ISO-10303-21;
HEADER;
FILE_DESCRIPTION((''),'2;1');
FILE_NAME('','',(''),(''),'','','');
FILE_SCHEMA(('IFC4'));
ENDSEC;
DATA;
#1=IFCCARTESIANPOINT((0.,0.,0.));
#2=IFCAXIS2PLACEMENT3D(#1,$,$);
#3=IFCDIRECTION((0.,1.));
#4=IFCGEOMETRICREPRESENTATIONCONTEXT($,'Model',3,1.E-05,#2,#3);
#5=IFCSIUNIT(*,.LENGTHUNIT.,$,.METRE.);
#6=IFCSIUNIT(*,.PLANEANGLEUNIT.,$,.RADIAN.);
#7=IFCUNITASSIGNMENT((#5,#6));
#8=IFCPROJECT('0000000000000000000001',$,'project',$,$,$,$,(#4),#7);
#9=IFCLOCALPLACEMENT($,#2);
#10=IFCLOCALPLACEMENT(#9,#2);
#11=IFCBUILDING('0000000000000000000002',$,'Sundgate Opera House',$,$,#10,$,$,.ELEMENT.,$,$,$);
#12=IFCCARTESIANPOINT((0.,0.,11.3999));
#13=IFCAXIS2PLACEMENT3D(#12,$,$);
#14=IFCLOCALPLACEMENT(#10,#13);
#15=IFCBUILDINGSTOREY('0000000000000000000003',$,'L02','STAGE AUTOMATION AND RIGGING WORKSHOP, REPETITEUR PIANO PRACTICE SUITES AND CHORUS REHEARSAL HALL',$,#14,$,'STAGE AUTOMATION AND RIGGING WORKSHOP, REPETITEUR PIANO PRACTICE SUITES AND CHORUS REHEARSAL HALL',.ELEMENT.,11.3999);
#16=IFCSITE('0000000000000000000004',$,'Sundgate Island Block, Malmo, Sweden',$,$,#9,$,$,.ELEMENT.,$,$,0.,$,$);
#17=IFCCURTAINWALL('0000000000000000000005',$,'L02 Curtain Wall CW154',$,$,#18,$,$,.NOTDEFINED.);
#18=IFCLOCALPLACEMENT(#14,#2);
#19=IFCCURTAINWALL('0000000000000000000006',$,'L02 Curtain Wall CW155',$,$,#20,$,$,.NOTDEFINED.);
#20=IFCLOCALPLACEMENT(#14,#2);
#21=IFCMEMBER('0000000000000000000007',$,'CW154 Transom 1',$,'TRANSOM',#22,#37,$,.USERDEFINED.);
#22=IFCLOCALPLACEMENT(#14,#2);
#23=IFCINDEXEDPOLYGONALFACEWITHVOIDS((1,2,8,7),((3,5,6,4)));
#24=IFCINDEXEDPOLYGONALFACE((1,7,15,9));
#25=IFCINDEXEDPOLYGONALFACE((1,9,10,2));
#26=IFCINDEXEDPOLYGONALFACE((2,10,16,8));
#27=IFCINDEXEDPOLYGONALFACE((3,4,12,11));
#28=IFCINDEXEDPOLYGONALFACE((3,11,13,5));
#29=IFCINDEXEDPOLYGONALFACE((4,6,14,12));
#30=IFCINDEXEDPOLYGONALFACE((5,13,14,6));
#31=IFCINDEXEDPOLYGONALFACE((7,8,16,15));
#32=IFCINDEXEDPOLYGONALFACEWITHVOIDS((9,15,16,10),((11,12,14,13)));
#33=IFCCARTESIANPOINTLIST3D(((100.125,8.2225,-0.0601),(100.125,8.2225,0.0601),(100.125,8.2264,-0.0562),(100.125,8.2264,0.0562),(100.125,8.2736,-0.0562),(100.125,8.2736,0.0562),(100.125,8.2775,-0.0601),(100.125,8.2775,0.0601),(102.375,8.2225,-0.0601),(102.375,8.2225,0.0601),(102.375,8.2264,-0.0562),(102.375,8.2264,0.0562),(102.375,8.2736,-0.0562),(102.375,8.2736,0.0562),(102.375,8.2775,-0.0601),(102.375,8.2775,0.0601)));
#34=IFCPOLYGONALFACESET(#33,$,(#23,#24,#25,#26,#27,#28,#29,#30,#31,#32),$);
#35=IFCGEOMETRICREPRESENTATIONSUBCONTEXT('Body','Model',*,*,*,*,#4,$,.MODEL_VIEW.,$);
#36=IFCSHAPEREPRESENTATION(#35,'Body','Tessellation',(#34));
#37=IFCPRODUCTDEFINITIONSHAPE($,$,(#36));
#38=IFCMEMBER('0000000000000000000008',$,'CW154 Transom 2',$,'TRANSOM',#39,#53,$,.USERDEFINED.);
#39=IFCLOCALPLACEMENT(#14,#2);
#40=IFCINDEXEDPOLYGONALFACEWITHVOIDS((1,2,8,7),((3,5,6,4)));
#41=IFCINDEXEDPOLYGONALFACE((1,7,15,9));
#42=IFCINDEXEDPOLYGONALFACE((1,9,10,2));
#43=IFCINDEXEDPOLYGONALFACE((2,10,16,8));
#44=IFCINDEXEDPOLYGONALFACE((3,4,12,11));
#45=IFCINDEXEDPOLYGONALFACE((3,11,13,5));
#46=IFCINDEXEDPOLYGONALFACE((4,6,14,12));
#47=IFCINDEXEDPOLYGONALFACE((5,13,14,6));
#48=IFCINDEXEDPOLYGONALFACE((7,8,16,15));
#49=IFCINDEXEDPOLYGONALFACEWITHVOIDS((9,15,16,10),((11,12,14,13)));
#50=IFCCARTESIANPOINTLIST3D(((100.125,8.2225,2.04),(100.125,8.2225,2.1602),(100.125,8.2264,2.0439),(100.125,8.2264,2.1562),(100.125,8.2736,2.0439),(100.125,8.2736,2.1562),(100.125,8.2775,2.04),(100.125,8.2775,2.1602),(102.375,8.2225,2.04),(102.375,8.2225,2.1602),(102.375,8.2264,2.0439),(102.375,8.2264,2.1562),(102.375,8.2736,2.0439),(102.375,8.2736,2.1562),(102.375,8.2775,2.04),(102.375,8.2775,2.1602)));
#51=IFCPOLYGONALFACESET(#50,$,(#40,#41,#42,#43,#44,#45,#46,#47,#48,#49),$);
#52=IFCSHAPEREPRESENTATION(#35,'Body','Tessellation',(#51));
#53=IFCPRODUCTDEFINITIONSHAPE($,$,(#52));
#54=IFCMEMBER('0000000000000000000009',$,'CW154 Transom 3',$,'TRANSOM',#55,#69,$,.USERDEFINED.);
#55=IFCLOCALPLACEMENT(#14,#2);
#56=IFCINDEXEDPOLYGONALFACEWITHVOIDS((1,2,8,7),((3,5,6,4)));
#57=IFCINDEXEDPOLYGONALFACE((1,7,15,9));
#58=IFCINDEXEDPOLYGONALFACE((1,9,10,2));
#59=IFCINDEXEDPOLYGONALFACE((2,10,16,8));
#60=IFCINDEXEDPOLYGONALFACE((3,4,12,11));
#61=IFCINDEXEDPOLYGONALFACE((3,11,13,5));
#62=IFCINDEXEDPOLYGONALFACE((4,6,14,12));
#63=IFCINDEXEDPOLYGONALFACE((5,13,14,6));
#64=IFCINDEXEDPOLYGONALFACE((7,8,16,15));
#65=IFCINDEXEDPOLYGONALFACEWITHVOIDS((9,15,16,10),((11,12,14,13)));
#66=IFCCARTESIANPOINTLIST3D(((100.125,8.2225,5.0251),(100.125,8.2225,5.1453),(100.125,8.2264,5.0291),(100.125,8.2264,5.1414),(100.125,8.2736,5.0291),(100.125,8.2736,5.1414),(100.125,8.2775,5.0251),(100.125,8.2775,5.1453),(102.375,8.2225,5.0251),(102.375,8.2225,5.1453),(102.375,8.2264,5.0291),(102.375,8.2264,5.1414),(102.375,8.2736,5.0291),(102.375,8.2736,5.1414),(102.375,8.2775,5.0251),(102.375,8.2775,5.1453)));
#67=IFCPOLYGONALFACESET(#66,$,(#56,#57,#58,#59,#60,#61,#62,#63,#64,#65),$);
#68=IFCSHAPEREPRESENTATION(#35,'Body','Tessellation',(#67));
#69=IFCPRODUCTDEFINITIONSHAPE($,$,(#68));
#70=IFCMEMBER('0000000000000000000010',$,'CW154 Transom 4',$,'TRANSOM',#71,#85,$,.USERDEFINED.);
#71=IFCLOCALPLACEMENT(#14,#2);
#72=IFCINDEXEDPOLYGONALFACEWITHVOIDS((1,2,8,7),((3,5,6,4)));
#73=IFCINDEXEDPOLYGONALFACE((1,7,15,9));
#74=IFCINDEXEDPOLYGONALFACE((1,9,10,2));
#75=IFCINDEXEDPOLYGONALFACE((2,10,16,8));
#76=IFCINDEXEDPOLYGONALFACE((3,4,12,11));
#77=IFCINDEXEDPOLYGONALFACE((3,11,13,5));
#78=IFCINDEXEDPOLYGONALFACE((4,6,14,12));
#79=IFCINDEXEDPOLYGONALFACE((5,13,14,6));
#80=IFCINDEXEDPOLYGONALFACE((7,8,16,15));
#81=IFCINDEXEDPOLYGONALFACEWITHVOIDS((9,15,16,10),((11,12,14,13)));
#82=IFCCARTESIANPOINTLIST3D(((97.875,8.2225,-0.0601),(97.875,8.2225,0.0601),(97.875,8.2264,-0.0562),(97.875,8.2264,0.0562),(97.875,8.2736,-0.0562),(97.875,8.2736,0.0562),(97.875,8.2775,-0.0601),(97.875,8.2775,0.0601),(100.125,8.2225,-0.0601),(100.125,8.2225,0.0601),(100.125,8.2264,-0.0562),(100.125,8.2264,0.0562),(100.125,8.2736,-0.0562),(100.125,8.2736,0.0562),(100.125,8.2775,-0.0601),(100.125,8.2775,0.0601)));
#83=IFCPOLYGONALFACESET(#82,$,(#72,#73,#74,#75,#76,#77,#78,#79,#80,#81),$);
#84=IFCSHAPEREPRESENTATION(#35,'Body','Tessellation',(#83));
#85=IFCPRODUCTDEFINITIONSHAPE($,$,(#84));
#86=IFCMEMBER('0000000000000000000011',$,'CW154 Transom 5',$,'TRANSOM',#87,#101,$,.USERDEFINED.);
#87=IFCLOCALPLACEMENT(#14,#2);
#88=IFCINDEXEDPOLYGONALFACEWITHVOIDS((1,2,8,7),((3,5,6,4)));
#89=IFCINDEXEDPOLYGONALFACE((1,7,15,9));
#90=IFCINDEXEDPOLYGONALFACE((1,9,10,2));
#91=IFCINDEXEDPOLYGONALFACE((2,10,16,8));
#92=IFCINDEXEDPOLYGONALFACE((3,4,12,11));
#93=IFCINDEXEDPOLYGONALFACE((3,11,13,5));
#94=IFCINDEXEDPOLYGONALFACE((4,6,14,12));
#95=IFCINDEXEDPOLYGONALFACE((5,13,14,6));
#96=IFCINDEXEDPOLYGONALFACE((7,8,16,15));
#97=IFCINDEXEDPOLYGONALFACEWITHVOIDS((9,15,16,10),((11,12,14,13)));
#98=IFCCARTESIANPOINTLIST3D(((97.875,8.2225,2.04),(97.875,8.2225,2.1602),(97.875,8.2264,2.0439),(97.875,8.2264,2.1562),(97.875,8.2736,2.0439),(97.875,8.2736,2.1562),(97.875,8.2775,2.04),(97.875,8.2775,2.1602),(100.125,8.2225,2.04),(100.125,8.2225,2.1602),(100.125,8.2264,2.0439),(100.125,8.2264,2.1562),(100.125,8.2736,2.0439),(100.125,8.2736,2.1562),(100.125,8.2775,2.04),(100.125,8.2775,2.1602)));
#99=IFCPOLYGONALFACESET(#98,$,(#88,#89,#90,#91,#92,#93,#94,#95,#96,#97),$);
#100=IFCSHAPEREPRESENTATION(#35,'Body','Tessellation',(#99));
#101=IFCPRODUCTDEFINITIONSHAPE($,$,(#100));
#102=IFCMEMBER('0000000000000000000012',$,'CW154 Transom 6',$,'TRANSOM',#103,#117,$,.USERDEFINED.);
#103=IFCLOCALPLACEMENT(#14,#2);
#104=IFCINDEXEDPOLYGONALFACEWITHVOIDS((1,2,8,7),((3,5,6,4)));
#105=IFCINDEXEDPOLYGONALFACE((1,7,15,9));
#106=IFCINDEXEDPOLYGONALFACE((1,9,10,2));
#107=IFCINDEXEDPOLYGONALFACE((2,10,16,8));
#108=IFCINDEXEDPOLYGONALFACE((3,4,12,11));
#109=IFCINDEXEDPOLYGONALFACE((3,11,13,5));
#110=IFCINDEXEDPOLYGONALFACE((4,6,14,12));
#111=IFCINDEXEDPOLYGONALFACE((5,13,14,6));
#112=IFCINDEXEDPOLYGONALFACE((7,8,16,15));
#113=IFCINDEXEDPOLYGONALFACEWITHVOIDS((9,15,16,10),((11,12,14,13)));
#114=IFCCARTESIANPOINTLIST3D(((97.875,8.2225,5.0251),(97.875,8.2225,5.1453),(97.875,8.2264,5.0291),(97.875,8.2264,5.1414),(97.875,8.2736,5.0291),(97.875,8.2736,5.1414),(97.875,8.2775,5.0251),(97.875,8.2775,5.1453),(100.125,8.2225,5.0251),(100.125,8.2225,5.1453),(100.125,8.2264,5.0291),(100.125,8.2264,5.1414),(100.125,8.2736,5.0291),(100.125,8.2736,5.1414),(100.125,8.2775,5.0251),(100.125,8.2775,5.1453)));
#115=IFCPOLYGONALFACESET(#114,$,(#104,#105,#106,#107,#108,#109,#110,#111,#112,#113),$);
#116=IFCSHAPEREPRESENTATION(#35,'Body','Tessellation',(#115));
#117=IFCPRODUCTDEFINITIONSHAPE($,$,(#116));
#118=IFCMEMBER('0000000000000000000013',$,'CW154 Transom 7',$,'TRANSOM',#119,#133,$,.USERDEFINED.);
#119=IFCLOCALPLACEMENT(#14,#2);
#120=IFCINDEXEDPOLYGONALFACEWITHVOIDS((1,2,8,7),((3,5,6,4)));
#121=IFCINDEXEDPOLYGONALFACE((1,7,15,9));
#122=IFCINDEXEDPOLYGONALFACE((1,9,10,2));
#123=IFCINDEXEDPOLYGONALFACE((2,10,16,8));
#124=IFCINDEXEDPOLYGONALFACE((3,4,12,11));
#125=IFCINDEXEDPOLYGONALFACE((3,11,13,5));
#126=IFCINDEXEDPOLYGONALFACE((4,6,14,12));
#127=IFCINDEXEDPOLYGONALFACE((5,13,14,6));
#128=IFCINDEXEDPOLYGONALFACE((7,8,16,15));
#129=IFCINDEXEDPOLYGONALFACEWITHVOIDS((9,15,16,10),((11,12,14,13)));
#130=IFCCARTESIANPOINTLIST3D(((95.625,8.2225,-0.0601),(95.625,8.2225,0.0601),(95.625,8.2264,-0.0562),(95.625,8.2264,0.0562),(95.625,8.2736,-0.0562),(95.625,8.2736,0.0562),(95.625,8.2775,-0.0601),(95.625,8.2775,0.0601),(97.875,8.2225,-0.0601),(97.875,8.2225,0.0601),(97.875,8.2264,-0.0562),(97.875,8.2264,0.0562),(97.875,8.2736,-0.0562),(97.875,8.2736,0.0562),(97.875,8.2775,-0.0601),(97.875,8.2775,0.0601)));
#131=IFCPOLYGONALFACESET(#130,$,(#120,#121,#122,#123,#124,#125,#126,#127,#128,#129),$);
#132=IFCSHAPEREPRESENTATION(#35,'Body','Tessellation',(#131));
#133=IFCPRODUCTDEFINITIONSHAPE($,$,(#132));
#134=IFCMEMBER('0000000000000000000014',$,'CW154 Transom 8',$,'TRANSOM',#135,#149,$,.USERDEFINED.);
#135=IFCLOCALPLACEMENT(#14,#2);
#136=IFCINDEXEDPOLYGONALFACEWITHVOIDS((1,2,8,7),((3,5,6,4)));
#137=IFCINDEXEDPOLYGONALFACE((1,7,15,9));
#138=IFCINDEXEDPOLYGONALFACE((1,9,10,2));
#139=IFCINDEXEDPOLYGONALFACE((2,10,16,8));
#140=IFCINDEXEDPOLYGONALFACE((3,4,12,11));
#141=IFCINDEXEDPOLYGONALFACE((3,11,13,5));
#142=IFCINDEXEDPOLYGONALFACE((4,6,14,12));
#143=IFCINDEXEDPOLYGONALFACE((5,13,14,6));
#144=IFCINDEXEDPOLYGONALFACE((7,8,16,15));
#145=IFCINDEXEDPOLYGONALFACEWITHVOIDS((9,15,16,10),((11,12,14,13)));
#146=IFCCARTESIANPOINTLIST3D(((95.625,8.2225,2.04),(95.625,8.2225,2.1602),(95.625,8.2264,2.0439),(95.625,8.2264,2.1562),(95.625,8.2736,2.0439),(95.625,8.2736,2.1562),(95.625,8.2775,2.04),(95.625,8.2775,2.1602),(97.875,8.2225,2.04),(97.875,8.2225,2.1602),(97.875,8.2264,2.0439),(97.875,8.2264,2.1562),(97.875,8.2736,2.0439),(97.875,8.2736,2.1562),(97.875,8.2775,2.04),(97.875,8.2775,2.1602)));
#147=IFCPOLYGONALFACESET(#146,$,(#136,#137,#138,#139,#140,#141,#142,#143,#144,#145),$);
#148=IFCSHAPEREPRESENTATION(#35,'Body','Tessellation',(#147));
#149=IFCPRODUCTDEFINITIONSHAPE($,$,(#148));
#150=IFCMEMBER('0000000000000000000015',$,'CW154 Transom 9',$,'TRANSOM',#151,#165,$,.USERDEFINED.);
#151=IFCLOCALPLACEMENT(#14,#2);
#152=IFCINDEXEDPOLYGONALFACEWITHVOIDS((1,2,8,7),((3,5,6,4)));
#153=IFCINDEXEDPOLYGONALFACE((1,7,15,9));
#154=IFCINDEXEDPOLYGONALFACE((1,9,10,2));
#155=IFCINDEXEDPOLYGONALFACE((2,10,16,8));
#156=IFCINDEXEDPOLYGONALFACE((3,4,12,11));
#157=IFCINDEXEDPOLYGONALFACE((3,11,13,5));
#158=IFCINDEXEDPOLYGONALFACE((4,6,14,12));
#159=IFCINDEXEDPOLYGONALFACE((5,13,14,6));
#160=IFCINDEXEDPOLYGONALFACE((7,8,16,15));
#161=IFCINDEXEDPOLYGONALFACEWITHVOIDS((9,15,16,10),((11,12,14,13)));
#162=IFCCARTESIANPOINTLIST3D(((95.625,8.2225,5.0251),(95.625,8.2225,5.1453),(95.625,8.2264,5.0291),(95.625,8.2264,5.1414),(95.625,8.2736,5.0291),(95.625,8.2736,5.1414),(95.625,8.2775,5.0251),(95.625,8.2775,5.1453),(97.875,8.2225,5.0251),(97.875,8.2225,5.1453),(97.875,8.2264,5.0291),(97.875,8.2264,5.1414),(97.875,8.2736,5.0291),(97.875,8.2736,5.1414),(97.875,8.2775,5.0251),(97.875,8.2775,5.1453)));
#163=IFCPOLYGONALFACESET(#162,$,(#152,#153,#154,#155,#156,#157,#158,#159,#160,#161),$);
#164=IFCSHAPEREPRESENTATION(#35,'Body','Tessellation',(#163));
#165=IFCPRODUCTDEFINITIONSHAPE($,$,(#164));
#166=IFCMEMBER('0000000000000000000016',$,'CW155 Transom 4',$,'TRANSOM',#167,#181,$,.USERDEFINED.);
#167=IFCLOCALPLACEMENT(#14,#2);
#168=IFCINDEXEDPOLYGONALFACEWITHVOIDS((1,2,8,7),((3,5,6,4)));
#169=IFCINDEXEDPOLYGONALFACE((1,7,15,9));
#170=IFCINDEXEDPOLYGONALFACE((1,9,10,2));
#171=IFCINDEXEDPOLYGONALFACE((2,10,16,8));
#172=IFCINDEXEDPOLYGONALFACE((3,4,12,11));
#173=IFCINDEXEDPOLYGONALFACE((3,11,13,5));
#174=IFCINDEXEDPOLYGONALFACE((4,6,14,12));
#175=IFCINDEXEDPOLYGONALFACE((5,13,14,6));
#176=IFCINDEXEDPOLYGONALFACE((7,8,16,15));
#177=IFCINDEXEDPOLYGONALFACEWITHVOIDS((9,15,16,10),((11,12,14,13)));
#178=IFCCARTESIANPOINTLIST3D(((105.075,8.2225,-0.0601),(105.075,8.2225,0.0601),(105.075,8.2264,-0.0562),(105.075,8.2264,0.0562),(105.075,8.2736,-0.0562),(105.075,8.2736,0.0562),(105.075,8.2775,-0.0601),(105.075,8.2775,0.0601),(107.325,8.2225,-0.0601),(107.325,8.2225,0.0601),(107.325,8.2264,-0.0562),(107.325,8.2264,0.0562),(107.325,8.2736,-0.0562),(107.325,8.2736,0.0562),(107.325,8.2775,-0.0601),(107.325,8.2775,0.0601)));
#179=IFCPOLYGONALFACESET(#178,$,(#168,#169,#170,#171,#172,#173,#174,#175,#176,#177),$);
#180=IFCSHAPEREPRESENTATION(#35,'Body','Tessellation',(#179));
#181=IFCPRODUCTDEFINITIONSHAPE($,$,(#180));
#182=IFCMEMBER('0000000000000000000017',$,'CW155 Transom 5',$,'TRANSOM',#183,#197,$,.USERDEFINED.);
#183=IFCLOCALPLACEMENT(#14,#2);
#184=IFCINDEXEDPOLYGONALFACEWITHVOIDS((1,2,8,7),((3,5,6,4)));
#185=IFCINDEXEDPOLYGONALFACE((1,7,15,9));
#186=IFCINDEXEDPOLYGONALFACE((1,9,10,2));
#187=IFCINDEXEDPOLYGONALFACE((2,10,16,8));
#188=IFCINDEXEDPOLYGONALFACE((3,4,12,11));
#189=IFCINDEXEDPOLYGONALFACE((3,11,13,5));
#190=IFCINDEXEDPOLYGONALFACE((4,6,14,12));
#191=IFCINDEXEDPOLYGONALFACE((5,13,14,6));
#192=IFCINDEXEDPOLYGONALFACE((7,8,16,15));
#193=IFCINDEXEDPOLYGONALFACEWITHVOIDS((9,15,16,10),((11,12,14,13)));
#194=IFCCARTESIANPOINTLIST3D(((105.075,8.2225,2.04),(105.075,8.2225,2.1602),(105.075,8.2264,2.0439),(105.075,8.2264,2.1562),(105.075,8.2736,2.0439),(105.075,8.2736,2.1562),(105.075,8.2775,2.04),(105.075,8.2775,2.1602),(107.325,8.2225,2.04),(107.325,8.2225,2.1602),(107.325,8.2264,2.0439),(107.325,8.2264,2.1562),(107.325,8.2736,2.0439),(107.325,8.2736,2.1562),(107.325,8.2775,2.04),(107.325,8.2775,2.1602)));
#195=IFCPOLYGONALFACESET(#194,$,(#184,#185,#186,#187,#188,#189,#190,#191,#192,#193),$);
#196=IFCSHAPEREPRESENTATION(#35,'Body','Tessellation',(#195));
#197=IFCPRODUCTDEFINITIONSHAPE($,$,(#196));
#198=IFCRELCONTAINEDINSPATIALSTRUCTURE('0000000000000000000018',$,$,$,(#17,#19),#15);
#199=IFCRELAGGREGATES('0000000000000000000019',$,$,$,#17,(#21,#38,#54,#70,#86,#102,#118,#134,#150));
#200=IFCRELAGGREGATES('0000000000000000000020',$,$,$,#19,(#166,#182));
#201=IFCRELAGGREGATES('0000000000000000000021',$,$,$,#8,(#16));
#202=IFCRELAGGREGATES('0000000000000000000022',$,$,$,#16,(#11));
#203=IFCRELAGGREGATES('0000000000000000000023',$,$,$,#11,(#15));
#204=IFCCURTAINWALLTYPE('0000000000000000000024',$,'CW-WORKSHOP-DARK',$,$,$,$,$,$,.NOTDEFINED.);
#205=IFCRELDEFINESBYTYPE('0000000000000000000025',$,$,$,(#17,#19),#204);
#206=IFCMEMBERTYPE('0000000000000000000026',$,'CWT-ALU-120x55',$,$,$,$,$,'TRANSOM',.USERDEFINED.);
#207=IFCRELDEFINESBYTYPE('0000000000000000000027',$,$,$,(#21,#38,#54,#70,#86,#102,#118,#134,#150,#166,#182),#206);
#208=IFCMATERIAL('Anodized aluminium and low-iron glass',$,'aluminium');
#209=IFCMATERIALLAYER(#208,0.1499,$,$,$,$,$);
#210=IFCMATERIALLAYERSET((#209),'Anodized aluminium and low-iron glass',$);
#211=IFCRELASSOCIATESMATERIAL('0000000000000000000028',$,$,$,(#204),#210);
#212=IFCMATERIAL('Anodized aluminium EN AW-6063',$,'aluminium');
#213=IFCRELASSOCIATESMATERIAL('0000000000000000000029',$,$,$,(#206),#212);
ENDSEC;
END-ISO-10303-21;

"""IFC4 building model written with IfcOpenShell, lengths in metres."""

from ifc_helpers import new_model, si_unit, direction, frame, origin, origin_2d, place, context, subcontext, project, spatial, hollow_rectangle, extrude, material, layer, layer_set, material_profile, profile_set, type_object, element, aggregate, save


model = new_model("IFC4")

# Units and contexts
model_context = context("Model", 3, precision=1e-05, world=origin(), true_north=direction((0.0, 1.0)))
body_context = subcontext(model_context, "Body", "Model", "MODEL_VIEW")
ifc_project = project(units=[si_unit("LENGTHUNIT", "METRE"), si_unit("PLANEANGLEUNIT", "RADIAN")], contexts=[model_context])

# Site, building, storey
site_placement = place(None, origin())
site = spatial("IfcSite", under=ifc_project, at=site_placement, Name="Sundgate Island Block, Malmo, Sweden", CompositionType="ELEMENT", RefElevation=0.0)
building_placement = place(site_placement, origin())
building = spatial("IfcBuilding", under=site, at=building_placement, Name="Sundgate Opera House", CompositionType="ELEMENT")
storey_placement = place(building_placement, frame((0.0, 0.0, 11.3999)))
storey = spatial("IfcBuildingStorey", under=building, at=storey_placement, Name="L02", Description="STAGE AUTOMATION AND RIGGING WORKSHOP, REPETITEUR PIANO PRACTICE SUITES AND CHORUS REHEARSAL HALL", LongName="STAGE AUTOMATION AND RIGGING WORKSHOP, REPETITEUR PIANO PRACTICE SUITES AND CHORUS REHEARSAL HALL", CompositionType="ELEMENT", Elevation=11.3999)

# Curtain walls
ifc_material_1 = material(Name="Anodized aluminium and low-iron glass", Category="aluminium")
ifc_layer_1 = layer(ifc_material_1, 0.1499)
ifc_layer_set_1 = layer_set([ifc_layer_1], Name="Anodized aluminium and low-iron glass")
curtain_wall_type = type_object("IfcCurtainWallType", Name="CW-WORKSHOP-DARK", PredefinedType="NOTDEFINED", material=ifc_layer_set_1)
curtain_wall_1_placement = place(storey_placement, origin())
curtain_wall_1 = element("IfcCurtainWall", 1, at=curtain_wall_1_placement, inside=storey, type_object=curtain_wall_type, Name="L02 Curtain Wall CW154", PredefinedType="NOTDEFINED")
curtain_wall_2_placement = place(storey_placement, origin())
curtain_wall_2 = element("IfcCurtainWall", 2, at=curtain_wall_2_placement, inside=storey, type_object=curtain_wall_type, Name="L02 Curtain Wall CW155", PredefinedType="NOTDEFINED")

# Members
ifc_material_2 = material(Name="Anodized aluminium EN AW-6063", Category="aluminium")
ifc_material_profile_1 = material_profile(ifc_material_2, hollow_rectangle(XDim=0.0549, YDim=0.1201, WallThickness=0.0039, at=origin_2d()), Name="CWT 120x55x4")
ifc_profile_set_1 = profile_set([ifc_material_profile_1], Name="Anodized aluminium EN AW-6063")
member_type_1 = type_object("IfcMemberType", Name="CWT-ALU-120x55", ElementType="TRANSOM", PredefinedType="USERDEFINED", material=ifc_profile_set_1)
member_1_placement = place(storey_placement, frame((102.375, 8.25, 0.0), z_axis=(-1.0, 0.0, 0.0), x_axis=(0.0, -1.0, 0.0)))
member_1 = element("IfcMember", 3, at=member_1_placement, type_object=member_type_1, Name="CW154 Transom 1", ObjectType="TRANSOM", PredefinedType="USERDEFINED", context=body_context, shape_type="SweptSolid", body=[
    extrude(hollow_rectangle(XDim=0.0549, YDim=0.1201, WallThickness=0.0039, at=origin_2d()), origin(), (0.0, 0.0, 1.0), 2.25),
])
member_2_placement = place(storey_placement, frame((102.375, 8.25, 2.1001), z_axis=(-1.0, 0.0, 0.0), x_axis=(0.0, -1.0, 0.0)))
member_2 = element("IfcMember", 4, at=member_2_placement, type_object=member_type_1, Name="CW154 Transom 2", ObjectType="TRANSOM", PredefinedType="USERDEFINED", context=body_context, shape_type="SweptSolid", body=[
    extrude(hollow_rectangle(XDim=0.0549, YDim=0.1201, WallThickness=0.0039, at=origin_2d()), origin(), (0.0, 0.0, 1.0), 2.25),
])
member_3_placement = place(storey_placement, frame((102.375, 8.25, 5.0852), z_axis=(-1.0, 0.0, 0.0), x_axis=(0.0, -1.0, 0.0)))
member_3 = element("IfcMember", 5, at=member_3_placement, type_object=member_type_1, Name="CW154 Transom 3", ObjectType="TRANSOM", PredefinedType="USERDEFINED", context=body_context, shape_type="SweptSolid", body=[
    extrude(hollow_rectangle(XDim=0.0549, YDim=0.1201, WallThickness=0.0039, at=origin_2d()), origin(), (0.0, 0.0, 1.0), 2.25),
])
member_4_placement = place(storey_placement, frame((100.125, 8.25, 0.0), z_axis=(-1.0, 0.0, 0.0), x_axis=(0.0, -1.0, 0.0)))
member_4 = element("IfcMember", 6, at=member_4_placement, type_object=member_type_1, Name="CW154 Transom 4", ObjectType="TRANSOM", PredefinedType="USERDEFINED", context=body_context, shape_type="SweptSolid", body=[
    extrude(hollow_rectangle(XDim=0.0549, YDim=0.1201, WallThickness=0.0039, at=origin_2d()), origin(), (0.0, 0.0, 1.0), 2.25),
])
member_5_placement = place(storey_placement, frame((100.125, 8.25, 2.1001), z_axis=(-1.0, 0.0, 0.0), x_axis=(0.0, -1.0, 0.0)))
member_5 = element("IfcMember", 7, at=member_5_placement, type_object=member_type_1, Name="CW154 Transom 5", ObjectType="TRANSOM", PredefinedType="USERDEFINED", context=body_context, shape_type="SweptSolid", body=[
    extrude(hollow_rectangle(XDim=0.0549, YDim=0.1201, WallThickness=0.0039, at=origin_2d()), origin(), (0.0, 0.0, 1.0), 2.25),
])
member_6_placement = place(storey_placement, frame((100.125, 8.25, 5.0852), z_axis=(-1.0, 0.0, 0.0), x_axis=(0.0, -1.0, 0.0)))
member_6 = element("IfcMember", 8, at=member_6_placement, type_object=member_type_1, Name="CW154 Transom 6", ObjectType="TRANSOM", PredefinedType="USERDEFINED", context=body_context, shape_type="SweptSolid", body=[
    extrude(hollow_rectangle(XDim=0.0549, YDim=0.1201, WallThickness=0.0039, at=origin_2d()), origin(), (0.0, 0.0, 1.0), 2.25),
])
member_7_placement = place(storey_placement, frame((97.875, 8.25, 0.0), z_axis=(-1.0, 0.0, 0.0), x_axis=(0.0, -1.0, 0.0)))
member_7 = element("IfcMember", 9, at=member_7_placement, type_object=member_type_1, Name="CW154 Transom 7", ObjectType="TRANSOM", PredefinedType="USERDEFINED", context=body_context, shape_type="SweptSolid", body=[
    extrude(hollow_rectangle(XDim=0.0549, YDim=0.1201, WallThickness=0.0039, at=origin_2d()), origin(), (0.0, 0.0, 1.0), 2.25),
])
member_8_placement = place(storey_placement, frame((97.875, 8.25, 2.1001), z_axis=(-1.0, 0.0, 0.0), x_axis=(0.0, -1.0, 0.0)))
member_8 = element("IfcMember", 10, at=member_8_placement, type_object=member_type_1, Name="CW154 Transom 8", ObjectType="TRANSOM", PredefinedType="USERDEFINED", context=body_context, shape_type="SweptSolid", body=[
    extrude(hollow_rectangle(XDim=0.0549, YDim=0.1201, WallThickness=0.0039, at=origin_2d()), origin(), (0.0, 0.0, 1.0), 2.25),
])
member_9_placement = place(storey_placement, frame((97.875, 8.25, 5.0852), z_axis=(-1.0, 0.0, 0.0), x_axis=(0.0, -1.0, 0.0)))
member_9 = element("IfcMember", 11, at=member_9_placement, type_object=member_type_1, Name="CW154 Transom 9", ObjectType="TRANSOM", PredefinedType="USERDEFINED", context=body_context, shape_type="SweptSolid", body=[
    extrude(hollow_rectangle(XDim=0.0549, YDim=0.1201, WallThickness=0.0039, at=origin_2d()), origin(), (0.0, 0.0, 1.0), 2.25),
])
member_10_placement = place(storey_placement, frame((107.325, 8.25, 0.0), z_axis=(-1.0, 0.0, 0.0), x_axis=(0.0, -1.0, 0.0)))
member_10 = element("IfcMember", 12, at=member_10_placement, type_object=member_type_1, Name="CW155 Transom 4", ObjectType="TRANSOM", PredefinedType="USERDEFINED", context=body_context, shape_type="SweptSolid", body=[
    extrude(hollow_rectangle(XDim=0.0549, YDim=0.1201, WallThickness=0.0039, at=origin_2d()), origin(), (0.0, 0.0, 1.0), 2.25),
])
member_11_placement = place(storey_placement, frame((107.325, 8.25, 2.1001), z_axis=(-1.0, 0.0, 0.0), x_axis=(0.0, -1.0, 0.0)))
member_11 = element("IfcMember", 13, at=member_11_placement, type_object=member_type_1, Name="CW155 Transom 5", ObjectType="TRANSOM", PredefinedType="USERDEFINED", context=body_context, shape_type="SweptSolid", body=[
    extrude(hollow_rectangle(XDim=0.0549, YDim=0.1201, WallThickness=0.0039, at=origin_2d()), origin(), (0.0, 0.0, 1.0), 2.25),
])

aggregate(curtain_wall_1, [member_1, member_2, member_3, member_4, member_5, member_6, member_7, member_8, member_9])
aggregate(curtain_wall_2, [member_10, member_11])

save(model, "model.ifc")
